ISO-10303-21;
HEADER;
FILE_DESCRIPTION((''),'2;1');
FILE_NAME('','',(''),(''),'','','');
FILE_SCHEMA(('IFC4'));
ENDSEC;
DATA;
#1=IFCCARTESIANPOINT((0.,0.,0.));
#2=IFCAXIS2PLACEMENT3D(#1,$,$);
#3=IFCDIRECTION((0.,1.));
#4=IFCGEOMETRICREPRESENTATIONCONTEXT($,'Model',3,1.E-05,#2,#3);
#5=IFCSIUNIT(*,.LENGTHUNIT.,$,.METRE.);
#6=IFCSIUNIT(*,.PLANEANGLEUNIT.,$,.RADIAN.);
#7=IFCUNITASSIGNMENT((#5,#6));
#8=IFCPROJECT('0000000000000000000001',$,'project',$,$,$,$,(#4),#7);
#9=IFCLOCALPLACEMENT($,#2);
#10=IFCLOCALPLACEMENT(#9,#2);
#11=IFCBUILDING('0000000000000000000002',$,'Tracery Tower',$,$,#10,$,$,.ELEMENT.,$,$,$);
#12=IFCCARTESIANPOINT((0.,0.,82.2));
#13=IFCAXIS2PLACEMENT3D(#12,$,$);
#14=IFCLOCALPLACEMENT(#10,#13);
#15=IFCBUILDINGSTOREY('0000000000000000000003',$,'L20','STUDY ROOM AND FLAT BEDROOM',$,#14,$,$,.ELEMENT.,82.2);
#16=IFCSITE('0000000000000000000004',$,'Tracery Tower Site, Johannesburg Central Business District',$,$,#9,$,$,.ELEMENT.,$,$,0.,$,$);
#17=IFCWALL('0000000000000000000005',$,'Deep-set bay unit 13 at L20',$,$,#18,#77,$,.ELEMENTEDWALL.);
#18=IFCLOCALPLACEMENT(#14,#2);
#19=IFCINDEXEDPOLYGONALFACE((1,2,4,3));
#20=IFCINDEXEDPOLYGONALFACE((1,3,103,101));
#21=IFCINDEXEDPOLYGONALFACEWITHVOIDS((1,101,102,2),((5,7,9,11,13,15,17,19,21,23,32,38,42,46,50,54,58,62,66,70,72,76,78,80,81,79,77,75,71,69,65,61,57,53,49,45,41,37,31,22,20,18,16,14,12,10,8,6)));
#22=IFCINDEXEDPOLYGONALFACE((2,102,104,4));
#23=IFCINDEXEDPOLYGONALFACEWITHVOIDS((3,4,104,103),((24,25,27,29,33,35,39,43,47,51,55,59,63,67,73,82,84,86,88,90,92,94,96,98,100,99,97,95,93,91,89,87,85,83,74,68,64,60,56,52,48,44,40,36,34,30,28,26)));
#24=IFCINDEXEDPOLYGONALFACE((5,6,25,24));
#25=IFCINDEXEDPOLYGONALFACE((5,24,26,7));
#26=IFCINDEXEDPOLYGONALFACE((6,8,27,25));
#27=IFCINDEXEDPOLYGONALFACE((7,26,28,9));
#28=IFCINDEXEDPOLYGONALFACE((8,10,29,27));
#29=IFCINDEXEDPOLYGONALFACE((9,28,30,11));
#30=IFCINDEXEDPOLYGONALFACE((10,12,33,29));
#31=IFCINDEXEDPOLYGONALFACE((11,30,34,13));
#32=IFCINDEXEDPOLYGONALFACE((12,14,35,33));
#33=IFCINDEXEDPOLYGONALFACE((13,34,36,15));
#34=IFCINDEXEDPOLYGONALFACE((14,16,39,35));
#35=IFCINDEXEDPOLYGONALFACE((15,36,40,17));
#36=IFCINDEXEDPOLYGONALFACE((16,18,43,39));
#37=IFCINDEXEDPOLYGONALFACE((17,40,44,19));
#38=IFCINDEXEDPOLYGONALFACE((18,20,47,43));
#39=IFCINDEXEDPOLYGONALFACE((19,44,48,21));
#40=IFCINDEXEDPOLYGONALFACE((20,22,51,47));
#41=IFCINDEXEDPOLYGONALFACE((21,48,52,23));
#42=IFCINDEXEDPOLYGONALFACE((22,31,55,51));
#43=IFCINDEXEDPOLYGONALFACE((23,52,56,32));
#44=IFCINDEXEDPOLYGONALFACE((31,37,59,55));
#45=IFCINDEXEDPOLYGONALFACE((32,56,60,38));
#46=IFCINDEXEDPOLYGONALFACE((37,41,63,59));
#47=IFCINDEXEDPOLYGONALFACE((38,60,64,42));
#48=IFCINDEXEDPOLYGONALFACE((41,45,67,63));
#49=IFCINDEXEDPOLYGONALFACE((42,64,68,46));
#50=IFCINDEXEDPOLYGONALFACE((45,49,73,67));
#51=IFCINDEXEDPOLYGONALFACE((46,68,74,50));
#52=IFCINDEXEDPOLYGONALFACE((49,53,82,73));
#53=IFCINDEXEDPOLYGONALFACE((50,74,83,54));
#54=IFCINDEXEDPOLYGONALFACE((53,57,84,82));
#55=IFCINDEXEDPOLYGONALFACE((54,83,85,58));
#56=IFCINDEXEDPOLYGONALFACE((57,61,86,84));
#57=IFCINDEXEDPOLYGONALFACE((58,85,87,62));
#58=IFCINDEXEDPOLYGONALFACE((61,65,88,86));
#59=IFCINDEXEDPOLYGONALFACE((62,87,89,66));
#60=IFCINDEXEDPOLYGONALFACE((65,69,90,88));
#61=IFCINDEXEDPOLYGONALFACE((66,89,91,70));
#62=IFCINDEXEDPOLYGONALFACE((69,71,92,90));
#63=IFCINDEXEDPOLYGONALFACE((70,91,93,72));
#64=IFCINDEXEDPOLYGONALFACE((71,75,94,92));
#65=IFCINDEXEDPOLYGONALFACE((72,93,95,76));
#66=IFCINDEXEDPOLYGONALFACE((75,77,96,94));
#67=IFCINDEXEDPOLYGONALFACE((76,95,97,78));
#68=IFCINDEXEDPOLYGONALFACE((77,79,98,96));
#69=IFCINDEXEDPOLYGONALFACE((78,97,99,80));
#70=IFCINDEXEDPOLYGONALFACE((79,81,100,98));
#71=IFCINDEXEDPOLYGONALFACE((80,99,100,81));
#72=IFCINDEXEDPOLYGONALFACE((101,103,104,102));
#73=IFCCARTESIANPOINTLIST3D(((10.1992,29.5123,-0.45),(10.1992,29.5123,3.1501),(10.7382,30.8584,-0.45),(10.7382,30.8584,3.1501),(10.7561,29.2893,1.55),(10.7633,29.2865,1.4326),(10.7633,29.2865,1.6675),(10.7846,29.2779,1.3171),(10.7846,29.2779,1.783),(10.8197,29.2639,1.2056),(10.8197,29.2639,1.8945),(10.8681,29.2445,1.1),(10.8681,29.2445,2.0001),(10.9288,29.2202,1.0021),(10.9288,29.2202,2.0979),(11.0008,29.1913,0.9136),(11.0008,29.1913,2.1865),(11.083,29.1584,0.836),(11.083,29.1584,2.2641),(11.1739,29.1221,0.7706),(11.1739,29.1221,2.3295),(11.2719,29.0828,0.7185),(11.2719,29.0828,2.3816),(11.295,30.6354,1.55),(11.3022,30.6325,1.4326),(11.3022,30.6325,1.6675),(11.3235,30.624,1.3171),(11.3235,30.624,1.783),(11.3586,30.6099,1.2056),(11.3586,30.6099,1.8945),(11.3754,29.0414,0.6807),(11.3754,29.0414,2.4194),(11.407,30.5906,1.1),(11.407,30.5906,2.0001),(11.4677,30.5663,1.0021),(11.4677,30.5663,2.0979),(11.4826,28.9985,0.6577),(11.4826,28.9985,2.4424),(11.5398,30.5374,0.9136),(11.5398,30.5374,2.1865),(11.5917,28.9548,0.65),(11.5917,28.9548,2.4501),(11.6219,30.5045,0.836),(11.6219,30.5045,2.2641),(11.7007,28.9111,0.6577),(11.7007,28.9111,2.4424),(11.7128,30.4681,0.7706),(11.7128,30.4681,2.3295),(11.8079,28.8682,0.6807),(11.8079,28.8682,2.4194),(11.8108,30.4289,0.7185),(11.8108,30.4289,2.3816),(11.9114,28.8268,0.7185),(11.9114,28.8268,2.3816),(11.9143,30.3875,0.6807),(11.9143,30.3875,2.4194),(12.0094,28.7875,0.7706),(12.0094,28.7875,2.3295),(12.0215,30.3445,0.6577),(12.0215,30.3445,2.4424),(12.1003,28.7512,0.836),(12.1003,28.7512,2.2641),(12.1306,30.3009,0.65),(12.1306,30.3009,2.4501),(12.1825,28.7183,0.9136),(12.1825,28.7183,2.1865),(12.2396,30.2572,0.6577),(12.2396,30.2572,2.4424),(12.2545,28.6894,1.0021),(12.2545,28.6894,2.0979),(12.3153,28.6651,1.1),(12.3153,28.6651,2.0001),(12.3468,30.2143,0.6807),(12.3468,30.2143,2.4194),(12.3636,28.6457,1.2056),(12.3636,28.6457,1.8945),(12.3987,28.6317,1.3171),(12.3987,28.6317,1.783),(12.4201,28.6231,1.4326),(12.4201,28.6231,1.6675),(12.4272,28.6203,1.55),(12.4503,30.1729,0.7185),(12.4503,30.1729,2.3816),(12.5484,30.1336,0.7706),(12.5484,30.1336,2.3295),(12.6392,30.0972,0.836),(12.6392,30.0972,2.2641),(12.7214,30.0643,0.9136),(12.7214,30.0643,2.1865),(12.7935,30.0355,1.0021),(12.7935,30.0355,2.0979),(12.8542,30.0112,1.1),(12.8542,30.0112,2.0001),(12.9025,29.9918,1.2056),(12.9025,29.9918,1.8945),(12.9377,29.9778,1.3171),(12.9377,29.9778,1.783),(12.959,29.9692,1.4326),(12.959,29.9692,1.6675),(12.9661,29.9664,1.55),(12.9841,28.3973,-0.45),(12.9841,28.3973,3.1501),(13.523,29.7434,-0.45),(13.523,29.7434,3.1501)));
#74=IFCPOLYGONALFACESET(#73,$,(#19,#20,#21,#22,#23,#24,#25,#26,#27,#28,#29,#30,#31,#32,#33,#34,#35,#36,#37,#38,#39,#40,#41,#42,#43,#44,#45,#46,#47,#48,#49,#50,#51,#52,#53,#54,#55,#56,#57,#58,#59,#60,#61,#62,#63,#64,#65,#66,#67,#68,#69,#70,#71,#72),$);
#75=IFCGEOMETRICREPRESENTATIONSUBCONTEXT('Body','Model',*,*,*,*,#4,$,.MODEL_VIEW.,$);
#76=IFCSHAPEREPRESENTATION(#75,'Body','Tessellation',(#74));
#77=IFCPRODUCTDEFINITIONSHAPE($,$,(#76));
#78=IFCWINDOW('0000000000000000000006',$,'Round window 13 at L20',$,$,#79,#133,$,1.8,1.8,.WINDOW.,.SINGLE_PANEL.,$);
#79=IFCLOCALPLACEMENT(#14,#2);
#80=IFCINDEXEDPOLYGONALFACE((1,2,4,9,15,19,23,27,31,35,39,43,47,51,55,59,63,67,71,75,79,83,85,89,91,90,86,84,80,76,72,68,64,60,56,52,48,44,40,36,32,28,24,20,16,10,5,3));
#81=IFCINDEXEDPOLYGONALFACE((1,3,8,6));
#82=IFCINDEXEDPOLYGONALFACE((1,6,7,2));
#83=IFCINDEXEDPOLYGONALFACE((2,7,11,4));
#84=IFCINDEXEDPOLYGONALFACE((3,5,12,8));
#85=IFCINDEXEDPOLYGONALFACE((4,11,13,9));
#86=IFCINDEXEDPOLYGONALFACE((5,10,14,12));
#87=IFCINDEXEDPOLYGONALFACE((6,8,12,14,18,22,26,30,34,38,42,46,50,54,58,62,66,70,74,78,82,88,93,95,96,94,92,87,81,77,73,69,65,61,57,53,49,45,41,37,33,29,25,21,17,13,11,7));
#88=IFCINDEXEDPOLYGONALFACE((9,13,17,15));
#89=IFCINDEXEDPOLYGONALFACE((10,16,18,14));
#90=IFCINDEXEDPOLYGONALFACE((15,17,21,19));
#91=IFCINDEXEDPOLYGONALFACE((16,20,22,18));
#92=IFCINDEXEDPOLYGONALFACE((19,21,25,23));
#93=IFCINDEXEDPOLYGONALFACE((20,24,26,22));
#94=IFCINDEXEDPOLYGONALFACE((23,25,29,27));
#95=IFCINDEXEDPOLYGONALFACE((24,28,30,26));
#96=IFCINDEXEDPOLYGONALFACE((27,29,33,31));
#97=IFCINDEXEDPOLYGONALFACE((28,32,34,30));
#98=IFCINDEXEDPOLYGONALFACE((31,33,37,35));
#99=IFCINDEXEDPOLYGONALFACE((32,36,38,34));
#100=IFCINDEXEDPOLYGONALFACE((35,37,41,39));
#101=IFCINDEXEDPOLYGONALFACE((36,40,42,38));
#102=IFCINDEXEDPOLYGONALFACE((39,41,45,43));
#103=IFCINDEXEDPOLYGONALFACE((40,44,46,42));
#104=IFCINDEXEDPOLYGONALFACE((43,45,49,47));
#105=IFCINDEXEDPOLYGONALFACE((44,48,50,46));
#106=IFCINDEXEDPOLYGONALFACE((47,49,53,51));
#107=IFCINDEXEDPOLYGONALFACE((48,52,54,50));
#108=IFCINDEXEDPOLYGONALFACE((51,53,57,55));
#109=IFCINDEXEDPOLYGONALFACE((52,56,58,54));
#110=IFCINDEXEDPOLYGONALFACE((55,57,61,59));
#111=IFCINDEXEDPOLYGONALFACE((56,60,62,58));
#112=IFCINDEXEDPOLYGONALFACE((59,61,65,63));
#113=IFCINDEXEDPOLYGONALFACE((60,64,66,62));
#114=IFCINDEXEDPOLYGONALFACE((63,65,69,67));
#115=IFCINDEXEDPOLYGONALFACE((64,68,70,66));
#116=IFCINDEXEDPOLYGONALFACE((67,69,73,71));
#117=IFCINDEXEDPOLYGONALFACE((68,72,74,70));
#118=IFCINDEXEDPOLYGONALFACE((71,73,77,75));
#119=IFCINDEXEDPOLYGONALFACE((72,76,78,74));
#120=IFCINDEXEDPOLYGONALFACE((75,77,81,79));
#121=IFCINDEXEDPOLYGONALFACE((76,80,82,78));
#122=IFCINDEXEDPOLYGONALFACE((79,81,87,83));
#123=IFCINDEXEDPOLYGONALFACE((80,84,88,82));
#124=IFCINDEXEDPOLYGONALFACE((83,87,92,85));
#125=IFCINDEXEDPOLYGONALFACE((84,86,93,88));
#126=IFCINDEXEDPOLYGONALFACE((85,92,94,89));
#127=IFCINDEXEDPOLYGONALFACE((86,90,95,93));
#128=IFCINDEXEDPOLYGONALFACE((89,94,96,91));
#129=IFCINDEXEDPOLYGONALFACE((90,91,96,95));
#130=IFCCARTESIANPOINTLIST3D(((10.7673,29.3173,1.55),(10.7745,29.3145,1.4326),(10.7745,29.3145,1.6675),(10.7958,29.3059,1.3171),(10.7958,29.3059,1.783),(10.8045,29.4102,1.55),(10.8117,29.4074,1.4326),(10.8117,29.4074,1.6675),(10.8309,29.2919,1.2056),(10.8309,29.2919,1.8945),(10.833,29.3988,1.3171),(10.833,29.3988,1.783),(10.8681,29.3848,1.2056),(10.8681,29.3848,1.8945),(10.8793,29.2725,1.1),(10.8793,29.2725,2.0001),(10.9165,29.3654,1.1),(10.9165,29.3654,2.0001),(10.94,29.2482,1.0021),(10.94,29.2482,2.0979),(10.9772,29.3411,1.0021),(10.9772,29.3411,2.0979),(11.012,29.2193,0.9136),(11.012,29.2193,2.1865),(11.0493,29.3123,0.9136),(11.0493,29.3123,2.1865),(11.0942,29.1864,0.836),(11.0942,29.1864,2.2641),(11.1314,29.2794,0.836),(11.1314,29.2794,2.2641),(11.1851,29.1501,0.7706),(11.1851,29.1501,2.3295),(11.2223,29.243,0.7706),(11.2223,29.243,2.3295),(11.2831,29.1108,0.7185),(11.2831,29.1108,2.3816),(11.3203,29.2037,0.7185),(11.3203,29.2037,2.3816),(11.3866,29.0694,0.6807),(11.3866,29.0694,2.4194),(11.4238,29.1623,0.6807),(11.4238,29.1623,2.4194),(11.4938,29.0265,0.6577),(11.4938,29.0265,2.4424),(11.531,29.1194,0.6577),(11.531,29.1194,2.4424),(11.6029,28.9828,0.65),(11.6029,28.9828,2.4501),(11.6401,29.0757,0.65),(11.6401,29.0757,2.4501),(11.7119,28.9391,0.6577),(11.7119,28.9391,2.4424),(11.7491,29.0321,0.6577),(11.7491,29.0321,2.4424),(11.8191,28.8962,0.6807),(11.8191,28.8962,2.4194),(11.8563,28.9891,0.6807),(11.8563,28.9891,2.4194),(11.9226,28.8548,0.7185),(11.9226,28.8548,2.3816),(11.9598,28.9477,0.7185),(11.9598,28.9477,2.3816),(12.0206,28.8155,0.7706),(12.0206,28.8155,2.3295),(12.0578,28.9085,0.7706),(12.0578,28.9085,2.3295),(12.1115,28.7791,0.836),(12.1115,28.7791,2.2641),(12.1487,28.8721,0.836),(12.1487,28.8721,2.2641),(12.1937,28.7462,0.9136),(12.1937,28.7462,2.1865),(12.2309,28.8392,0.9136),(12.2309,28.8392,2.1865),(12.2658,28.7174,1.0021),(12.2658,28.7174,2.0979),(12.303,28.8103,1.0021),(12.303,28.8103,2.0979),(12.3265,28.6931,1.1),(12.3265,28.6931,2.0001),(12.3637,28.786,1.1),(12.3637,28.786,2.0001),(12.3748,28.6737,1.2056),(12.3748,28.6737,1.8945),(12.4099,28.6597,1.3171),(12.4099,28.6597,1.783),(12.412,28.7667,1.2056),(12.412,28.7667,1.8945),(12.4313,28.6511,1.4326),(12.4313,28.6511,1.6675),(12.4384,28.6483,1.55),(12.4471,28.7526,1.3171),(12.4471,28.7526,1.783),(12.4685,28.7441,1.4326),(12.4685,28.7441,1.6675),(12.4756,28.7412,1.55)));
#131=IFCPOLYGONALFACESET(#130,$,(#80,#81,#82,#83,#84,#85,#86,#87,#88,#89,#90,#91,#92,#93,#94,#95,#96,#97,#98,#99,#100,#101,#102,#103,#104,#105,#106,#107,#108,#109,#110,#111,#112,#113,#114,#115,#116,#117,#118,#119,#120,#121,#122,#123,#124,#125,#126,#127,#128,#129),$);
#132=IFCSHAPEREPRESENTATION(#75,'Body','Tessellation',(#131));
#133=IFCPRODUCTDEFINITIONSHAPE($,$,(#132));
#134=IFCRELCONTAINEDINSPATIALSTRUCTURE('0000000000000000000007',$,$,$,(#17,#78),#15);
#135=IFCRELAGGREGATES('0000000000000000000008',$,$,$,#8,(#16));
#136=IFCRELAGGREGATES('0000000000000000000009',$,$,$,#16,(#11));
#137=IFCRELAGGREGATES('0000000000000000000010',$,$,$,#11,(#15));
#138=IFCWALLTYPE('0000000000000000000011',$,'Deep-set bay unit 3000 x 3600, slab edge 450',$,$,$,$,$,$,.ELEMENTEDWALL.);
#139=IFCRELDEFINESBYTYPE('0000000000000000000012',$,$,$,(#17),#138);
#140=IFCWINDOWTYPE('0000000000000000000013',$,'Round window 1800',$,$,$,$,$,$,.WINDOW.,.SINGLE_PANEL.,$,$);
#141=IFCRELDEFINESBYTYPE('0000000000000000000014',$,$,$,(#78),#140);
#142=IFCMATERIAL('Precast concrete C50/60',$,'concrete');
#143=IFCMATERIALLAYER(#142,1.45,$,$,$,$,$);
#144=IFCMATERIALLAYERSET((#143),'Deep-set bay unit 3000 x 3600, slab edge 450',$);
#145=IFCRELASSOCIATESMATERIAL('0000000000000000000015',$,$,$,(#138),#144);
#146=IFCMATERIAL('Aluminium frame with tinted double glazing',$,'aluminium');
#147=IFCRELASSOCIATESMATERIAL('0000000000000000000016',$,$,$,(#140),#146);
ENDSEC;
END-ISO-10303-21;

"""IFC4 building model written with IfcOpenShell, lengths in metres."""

from ifc_helpers import new_model, si_unit, direction, frame, frame_2d, origin, origin_2d, place, context, subcontext, project, spatial, rectangle, circle, extrude, material, layer, layer_set, type_object, element, fill, save


model = new_model("IFC4")

# Units and contexts
model_context = context("Model", 3, precision=1e-05, world=origin(), true_north=direction((0.0, 1.0)))
body_context = subcontext(model_context, "Body", "Model", "MODEL_VIEW")
ifc_project = project(units=[si_unit("LENGTHUNIT", "METRE"), si_unit("PLANEANGLEUNIT", "RADIAN")], contexts=[model_context])

# Site, building, storey
site_placement = place(None, origin())
site = spatial("IfcSite", under=ifc_project, at=site_placement, Name="Tracery Tower Site, Johannesburg Central Business District", CompositionType="ELEMENT", RefElevation=0.0)
building_placement = place(site_placement, origin())
building = spatial("IfcBuilding", under=site, at=building_placement, Name="Tracery Tower", CompositionType="ELEMENT")
storey_placement = place(building_placement, frame((0.0, 0.0, 82.2)))
storey = spatial("IfcBuildingStorey", under=building, at=storey_placement, Name="L20", Description="STUDY ROOM AND FLAT BEDROOM", CompositionType="ELEMENT", Elevation=82.2)

# Wall, opening, window
ifc_material_1 = material(Name="Precast concrete C50/60", Category="concrete")
ifc_layer_1 = layer(ifc_material_1, 1.45)
ifc_layer_set_1 = layer_set([ifc_layer_1], Name="Deep-set bay unit 3000 x 3600, slab edge 450")
wall_type_1 = type_object("IfcWallType", Name="Deep-set bay unit 3000 x 3600, slab edge 450", PredefinedType="ELEMENTEDWALL", material=ifc_layer_set_1)
wall_1_placement = place(storey_placement, frame((13.2537, 29.0703, -0.45), z_axis=(0.0, 0.0, 1.0), x_axis=(-0.928359, 0.371685, 0.0)))
wall_1 = element("IfcWall", 1, at=wall_1_placement, inside=storey, type_object=wall_type_1, Name="Deep-set bay unit 13 at L20", PredefinedType="ELEMENTEDWALL", context=body_context, shape_type="SweptSolid", body=[
    extrude(rectangle(XDim=2.9998, YDim=1.45, at=frame_2d((1.5, 0.0))), origin(), (0.0, 0.0, 1.0), 3.6001),
])
opening_1_placement = place(wall_1_placement, frame((1.5, 0.0, 2.0)))
opening_1 = element("IfcOpeningElement", 2, at=opening_1_placement, cuts=wall_1, PredefinedType="OPENING", context=body_context, shape_type="SweptSolid", body=[
    extrude(circle(Radius=0.9, at=origin_2d()), frame((0.0, 0.7349, 0.0), z_axis=(0.0, -1.0, 0.0), x_axis=(1.0, 0.0, 0.0)), (0.0, 0.0, 1.0), 1.47),
])
ifc_material_2 = material(Name="Aluminium frame with tinted double glazing", Category="aluminium")
window_type = type_object("IfcWindowType", Name="Round window 1800", PartitioningType="SINGLE_PANEL", PredefinedType="WINDOW", material=ifc_material_2)
window_1_placement = place(opening_1_placement, origin())
window_1 = element("IfcWindow", 3, at=window_1_placement, inside=storey, type_object=window_type, Name="Round window 13 at L20", OverallHeight=1.8, OverallWidth=1.8, PartitioningType="SINGLE_PANEL", PredefinedType="WINDOW", context=body_context, shape_type="SweptSolid", body=[
    extrude(circle(Radius=0.9, at=origin_2d()), frame((0.0, 0.6948, 0.0), z_axis=(0.0, -1.0, 0.0), x_axis=(1.0, 0.0, 0.0)), (0.0, 0.0, 1.0), 0.1001),
])
fill(opening_1, window_1)

save(model, "model.ifc")
